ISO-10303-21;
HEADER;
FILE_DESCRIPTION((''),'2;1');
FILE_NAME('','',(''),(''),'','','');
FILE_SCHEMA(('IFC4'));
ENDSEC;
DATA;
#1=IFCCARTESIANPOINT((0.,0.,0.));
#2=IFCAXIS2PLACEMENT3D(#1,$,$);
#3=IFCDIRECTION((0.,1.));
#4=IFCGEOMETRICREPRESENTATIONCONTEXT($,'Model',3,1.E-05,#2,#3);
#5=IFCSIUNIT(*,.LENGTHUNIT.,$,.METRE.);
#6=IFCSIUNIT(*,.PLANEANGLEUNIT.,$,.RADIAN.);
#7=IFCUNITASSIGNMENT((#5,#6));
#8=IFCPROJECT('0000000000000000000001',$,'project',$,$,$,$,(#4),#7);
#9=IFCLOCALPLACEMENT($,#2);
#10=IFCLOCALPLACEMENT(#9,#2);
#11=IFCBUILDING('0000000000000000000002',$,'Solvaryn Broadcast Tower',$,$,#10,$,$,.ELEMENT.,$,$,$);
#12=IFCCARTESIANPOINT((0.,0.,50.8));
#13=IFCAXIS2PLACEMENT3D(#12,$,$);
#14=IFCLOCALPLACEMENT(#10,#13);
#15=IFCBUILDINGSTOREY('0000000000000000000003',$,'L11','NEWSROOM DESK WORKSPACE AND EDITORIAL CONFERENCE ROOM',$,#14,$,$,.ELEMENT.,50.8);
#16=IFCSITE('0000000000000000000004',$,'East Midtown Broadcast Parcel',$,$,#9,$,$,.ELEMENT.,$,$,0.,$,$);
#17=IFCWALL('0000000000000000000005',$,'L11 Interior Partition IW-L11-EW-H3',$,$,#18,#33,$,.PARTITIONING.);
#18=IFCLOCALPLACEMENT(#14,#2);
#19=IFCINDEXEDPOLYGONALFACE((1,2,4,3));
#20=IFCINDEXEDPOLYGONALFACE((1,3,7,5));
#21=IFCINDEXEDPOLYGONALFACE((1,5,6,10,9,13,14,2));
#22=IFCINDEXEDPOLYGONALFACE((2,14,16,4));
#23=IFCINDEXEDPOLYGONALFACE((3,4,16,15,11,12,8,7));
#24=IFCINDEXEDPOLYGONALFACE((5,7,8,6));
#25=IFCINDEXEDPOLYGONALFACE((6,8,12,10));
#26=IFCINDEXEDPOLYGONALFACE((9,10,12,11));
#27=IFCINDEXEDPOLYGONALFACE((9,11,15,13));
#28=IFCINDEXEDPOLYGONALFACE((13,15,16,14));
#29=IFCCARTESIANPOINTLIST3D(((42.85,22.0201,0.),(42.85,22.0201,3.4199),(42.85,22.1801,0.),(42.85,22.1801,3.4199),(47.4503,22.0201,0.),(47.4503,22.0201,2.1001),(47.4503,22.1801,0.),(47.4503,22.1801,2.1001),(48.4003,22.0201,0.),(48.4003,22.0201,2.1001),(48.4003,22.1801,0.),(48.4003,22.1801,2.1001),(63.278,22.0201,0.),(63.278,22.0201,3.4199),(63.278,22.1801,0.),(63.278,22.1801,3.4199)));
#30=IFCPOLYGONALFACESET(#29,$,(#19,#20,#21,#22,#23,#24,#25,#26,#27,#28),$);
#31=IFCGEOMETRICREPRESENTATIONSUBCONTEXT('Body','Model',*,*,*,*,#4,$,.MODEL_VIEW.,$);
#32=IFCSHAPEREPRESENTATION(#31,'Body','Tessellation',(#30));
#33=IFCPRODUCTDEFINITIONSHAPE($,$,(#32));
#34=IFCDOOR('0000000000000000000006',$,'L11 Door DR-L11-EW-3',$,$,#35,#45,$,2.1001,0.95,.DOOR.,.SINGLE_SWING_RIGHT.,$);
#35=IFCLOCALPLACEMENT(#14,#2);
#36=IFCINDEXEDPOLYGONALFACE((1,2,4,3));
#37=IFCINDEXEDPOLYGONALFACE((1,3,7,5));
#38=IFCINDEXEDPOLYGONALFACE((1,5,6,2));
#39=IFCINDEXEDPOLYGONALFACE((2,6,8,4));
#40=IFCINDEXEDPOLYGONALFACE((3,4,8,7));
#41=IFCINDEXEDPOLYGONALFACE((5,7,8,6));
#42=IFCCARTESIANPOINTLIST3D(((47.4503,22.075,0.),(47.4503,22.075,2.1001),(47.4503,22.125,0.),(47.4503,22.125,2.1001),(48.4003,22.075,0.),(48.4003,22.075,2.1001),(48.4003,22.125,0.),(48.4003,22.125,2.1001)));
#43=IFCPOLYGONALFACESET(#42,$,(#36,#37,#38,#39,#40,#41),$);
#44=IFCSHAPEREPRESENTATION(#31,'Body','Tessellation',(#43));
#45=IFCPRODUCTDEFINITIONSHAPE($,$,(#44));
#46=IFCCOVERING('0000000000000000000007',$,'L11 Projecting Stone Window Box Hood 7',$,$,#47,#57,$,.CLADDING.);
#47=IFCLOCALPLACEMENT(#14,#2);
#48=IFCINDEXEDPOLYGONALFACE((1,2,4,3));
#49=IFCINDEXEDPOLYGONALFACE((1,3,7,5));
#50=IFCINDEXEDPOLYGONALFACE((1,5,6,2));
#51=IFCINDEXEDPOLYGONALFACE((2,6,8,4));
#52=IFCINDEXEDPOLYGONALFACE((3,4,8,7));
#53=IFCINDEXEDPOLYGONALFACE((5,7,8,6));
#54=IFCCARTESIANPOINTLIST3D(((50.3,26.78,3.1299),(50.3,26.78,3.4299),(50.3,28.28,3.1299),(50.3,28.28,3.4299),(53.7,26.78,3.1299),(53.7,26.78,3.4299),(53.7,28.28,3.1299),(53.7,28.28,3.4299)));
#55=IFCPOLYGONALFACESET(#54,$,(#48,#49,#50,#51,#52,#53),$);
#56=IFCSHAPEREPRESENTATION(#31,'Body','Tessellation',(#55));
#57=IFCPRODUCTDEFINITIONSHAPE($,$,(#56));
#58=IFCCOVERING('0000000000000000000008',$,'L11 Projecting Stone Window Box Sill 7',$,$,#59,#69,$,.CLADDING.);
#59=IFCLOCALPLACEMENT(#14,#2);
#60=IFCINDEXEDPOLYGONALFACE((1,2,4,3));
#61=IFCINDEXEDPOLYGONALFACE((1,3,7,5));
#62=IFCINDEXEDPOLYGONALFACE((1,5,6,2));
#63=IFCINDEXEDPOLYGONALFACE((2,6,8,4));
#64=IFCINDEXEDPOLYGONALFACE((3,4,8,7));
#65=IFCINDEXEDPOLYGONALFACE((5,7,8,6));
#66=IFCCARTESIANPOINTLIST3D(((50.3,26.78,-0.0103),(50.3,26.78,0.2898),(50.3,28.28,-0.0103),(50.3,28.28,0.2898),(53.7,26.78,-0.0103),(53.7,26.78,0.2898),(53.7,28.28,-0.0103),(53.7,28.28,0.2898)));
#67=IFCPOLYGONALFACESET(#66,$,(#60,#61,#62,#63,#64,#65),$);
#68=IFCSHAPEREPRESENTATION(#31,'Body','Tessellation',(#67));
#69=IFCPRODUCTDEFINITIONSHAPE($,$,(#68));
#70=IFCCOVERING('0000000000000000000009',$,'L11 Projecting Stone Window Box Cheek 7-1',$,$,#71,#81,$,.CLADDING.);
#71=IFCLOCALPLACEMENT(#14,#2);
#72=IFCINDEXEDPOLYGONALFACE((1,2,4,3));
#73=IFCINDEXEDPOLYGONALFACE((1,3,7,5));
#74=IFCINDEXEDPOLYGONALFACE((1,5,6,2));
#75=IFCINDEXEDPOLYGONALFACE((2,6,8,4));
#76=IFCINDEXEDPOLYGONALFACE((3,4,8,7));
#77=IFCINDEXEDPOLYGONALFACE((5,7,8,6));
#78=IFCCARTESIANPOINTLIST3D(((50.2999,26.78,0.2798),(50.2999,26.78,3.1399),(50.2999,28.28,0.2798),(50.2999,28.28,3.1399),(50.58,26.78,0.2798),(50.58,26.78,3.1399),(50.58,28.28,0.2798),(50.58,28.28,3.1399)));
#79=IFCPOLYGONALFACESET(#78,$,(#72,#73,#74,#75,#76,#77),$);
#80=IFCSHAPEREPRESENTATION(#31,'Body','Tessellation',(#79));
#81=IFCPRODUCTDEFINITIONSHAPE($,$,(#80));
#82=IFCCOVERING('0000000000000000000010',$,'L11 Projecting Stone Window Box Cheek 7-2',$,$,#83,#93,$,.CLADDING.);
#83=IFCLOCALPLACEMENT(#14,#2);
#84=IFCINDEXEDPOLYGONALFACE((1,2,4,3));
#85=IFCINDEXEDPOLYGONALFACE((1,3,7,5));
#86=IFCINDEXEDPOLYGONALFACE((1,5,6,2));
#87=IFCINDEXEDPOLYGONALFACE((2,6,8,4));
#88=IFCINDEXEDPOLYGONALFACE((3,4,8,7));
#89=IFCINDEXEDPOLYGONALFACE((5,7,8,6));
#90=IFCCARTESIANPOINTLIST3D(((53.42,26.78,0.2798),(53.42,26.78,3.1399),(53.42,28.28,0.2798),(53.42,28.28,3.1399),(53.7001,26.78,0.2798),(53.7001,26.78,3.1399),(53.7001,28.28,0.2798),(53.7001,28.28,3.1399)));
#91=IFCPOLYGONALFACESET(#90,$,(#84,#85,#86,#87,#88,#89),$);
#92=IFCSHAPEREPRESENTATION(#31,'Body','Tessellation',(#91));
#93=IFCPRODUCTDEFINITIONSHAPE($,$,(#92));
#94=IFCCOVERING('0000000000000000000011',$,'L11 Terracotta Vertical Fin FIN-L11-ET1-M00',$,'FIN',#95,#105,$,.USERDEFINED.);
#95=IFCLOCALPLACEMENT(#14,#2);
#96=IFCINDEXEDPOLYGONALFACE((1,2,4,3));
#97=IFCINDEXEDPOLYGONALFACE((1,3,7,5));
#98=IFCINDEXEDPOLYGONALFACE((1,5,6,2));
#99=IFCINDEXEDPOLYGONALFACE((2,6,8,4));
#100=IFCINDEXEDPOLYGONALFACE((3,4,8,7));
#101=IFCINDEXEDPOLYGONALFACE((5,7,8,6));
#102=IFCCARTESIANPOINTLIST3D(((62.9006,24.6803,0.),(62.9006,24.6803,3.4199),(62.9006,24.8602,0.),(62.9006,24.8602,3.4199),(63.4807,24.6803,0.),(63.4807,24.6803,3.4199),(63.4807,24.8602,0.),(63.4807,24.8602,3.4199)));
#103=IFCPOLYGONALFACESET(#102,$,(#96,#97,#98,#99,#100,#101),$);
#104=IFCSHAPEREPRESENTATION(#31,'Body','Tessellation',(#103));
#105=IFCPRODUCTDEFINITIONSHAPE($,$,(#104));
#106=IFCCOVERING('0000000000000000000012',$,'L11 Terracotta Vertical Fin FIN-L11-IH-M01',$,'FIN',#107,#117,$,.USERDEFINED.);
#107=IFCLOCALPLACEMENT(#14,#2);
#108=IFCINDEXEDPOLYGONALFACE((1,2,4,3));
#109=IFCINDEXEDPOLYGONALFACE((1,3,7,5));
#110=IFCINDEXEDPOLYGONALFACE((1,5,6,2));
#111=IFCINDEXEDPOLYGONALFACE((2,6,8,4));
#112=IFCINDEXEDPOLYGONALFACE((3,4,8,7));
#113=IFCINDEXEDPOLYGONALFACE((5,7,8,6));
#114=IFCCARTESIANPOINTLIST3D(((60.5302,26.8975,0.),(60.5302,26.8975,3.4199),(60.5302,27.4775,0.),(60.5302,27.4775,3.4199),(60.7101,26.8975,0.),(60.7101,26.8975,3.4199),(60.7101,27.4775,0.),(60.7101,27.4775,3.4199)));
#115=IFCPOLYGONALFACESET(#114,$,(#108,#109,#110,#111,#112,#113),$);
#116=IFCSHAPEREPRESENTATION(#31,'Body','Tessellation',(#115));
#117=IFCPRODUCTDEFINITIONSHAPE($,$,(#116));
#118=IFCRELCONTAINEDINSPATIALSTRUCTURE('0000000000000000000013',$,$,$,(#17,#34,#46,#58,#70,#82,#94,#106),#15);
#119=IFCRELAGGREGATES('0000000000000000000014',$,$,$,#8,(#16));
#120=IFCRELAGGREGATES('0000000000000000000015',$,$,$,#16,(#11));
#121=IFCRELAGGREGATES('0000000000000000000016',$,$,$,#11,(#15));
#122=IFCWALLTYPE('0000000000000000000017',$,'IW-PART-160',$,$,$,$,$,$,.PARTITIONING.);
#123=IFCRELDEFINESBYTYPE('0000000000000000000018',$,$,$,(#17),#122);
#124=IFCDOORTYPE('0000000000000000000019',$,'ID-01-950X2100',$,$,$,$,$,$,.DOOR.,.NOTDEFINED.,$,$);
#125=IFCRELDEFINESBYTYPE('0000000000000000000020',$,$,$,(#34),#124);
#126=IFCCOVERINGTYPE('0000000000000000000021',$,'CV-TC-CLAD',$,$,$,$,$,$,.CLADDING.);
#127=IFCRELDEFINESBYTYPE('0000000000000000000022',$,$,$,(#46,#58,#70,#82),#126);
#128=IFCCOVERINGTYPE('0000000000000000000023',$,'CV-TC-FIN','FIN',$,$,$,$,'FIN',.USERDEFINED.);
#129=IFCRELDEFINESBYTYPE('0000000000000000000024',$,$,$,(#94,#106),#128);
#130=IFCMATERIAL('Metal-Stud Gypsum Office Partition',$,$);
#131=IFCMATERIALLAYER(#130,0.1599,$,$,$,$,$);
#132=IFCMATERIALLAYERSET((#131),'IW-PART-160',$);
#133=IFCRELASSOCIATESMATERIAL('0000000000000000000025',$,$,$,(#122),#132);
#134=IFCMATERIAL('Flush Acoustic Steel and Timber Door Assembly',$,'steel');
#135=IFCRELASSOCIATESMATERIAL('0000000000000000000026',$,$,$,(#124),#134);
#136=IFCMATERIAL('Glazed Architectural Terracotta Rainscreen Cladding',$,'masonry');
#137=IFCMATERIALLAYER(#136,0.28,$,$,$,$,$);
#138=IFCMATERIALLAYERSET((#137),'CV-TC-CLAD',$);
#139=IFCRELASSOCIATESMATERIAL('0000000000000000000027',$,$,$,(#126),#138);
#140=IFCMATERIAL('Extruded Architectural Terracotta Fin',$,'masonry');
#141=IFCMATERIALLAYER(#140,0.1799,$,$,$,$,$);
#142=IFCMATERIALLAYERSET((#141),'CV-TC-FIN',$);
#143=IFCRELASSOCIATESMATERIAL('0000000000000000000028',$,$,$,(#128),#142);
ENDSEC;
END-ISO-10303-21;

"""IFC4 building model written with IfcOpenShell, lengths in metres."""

from ifc_helpers import new_model, si_unit, direction, frame, frame_2d, origin, origin_2d, place, context, subcontext, project, spatial, rectangle, extrude, material, layer, layer_set, type_object, element, fill, save


model = new_model("IFC4")

# Units and contexts
model_context = context("Model", 3, precision=1e-05, world=origin(), true_north=direction((0.0, 1.0)))
body_context = subcontext(model_context, "Body", "Model", "MODEL_VIEW")
ifc_project = project(units=[si_unit("LENGTHUNIT", "METRE"), si_unit("PLANEANGLEUNIT", "RADIAN")], contexts=[model_context])

# Site, building, storey
site_placement = place(None, origin())
site = spatial("IfcSite", under=ifc_project, at=site_placement, Name="East Midtown Broadcast Parcel", CompositionType="ELEMENT", RefElevation=0.0)
building_placement = place(site_placement, origin())
building = spatial("IfcBuilding", under=site, at=building_placement, Name="Solvaryn Broadcast Tower", CompositionType="ELEMENT")
storey_placement = place(building_placement, frame((0.0, 0.0, 50.8)))
storey = spatial("IfcBuildingStorey", under=building, at=storey_placement, Name="L11", Description="NEWSROOM DESK WORKSPACE AND EDITORIAL CONFERENCE ROOM", CompositionType="ELEMENT", Elevation=50.8)

# Wall, opening, door
ifc_material_1 = material(Name="Metal-Stud Gypsum Office Partition")
ifc_layer_1 = layer(ifc_material_1, 0.1599)
ifc_layer_set_1 = layer_set([ifc_layer_1], Name="IW-PART-160")
wall_type_1 = type_object("IfcWallType", Name="IW-PART-160", PredefinedType="PARTITIONING", material=ifc_layer_set_1)
wall_1_placement = place(storey_placement, frame((42.8501, 22.1001, 0.0), z_axis=(0.0, 0.0, 1.0), x_axis=(1.0, 0.0, 0.0)))
wall_1 = element("IfcWall", 1, at=wall_1_placement, inside=storey, type_object=wall_type_1, Name="L11 Interior Partition IW-L11-EW-H3", PredefinedType="PARTITIONING", context=body_context, shape_type="SweptSolid", body=[
    extrude(rectangle(XDim=20.428, YDim=0.1599, at=frame_2d((10.2139, 0.0))), origin(), (0.0, 0.0, 1.0), 3.4199),
])
opening_1_placement = place(wall_1_placement, frame((4.6001, 0.0, 0.0)))
opening_1 = element("IfcOpeningElement", 2, at=opening_1_placement, cuts=wall_1, PredefinedType="OPENING", context=body_context, shape_type="SweptSolid", body=[
    extrude(rectangle(XDim=0.95, YDim=2.1001, at=frame_2d((0.4751, 1.05))), frame((0.0, 0.0901, 0.0), z_axis=(0.0, -1.0, 0.0), x_axis=(1.0, 0.0, 0.0)), (0.0, 0.0, 1.0), 0.1799),
])
ifc_material_2 = material(Name="Flush Acoustic Steel and Timber Door Assembly", Category="steel")
door_type_1 = type_object("IfcDoorType", Name="ID-01-950X2100", OperationType="NOTDEFINED", PredefinedType="DOOR", material=ifc_material_2)
door_1_placement = place(opening_1_placement, origin())
door_1 = element("IfcDoor", 3, at=door_1_placement, inside=storey, type_object=door_type_1, Name="L11 Door DR-L11-EW-3", OperationType="SINGLE_SWING_RIGHT", OverallHeight=2.1001, OverallWidth=0.95, PredefinedType="DOOR", context=body_context, shape_type="SweptSolid", body=[
    extrude(rectangle(XDim=0.95, YDim=2.1001, at=frame_2d((0.4751, 1.05))), frame((0.0, 0.0249, 0.0), z_axis=(0.0, -1.0, 0.0), x_axis=(1.0, 0.0, 0.0)), (0.0, 0.0, 1.0), 0.05),
])
fill(opening_1, door_1)

# Coverings
ifc_material_3 = material(Name="Glazed Architectural Terracotta Rainscreen Cladding", Category="masonry")
ifc_layer_2 = layer(ifc_material_3, 0.28)
ifc_layer_set_2 = layer_set([ifc_layer_2], Name="CV-TC-CLAD")
covering_type_1 = type_object("IfcCoveringType", Name="CV-TC-CLAD", PredefinedType="CLADDING", material=ifc_layer_set_2)
for number, where, z_axis, x_axis, name in (
    (4, (52.0, 27.53, 3.1299), (0.0, 0.0, 1.0), (1.0, 0.0, 0.0), "L11 Projecting Stone Window Box Hood 7"),
    (5, (52.0, 27.53, -0.0103), (0.0, 0.0, 1.0), (1.0, 0.0, 0.0), "L11 Projecting Stone Window Box Sill 7"),
):
    element("IfcCovering", number, at=place(storey_placement, frame(where, z_axis=z_axis, x_axis=x_axis)), inside=storey, type_object=covering_type_1, Name=name, PredefinedType="CLADDING", context=body_context, shape_type="SweptSolid", body=[
        extrude(rectangle(XDim=3.3999, YDim=1.5, at=origin_2d()), origin(), (0.0, 0.0, 1.0), 0.3),
    ])
for number, where, z_axis, x_axis, name in (
    (6, (50.4399, 27.53, 0.2798), (0.0, 0.0, 1.0), (1.0, 0.0, 0.0), "L11 Projecting Stone Window Box Cheek 7-1"),
    (7, (53.5601, 27.53, 0.2798), (0.0, 0.0, 1.0), (1.0, 0.0, 0.0), "L11 Projecting Stone Window Box Cheek 7-2"),
):
    element("IfcCovering", number, at=place(storey_placement, frame(where, z_axis=z_axis, x_axis=x_axis)), inside=storey, type_object=covering_type_1, Name=name, PredefinedType="CLADDING", context=body_context, shape_type="SweptSolid", body=[
        extrude(rectangle(XDim=0.28, YDim=1.5, at=origin_2d()), origin(), (0.0, 0.0, 1.0), 2.8601),
    ])
ifc_material_4 = material(Name="Extruded Architectural Terracotta Fin", Category="masonry")
ifc_layer_3 = layer(ifc_material_4, 0.1799)
ifc_layer_set_3 = layer_set([ifc_layer_3], Name="CV-TC-FIN")
covering_type_2 = type_object("IfcCoveringType", Name="CV-TC-FIN", Description="FIN", ElementType="FIN", PredefinedType="USERDEFINED", material=ifc_layer_set_3)
covering_1_placement = place(storey_placement, frame((63.1907, 24.7703, 0.0), z_axis=(0.0, 0.0, 1.0), x_axis=(1.0, 0.0, 0.0)))
element("IfcCovering", 8, at=covering_1_placement, inside=storey, type_object=covering_type_2, Name="L11 Terracotta Vertical Fin FIN-L11-ET1-M00", ObjectType="FIN", PredefinedType="USERDEFINED", context=body_context, shape_type="SweptSolid", body=[
    extrude(rectangle(XDim=0.5801, YDim=0.1799, at=origin_2d()), origin(), (0.0, 0.0, 1.0), 3.4199),
])
covering_2_placement = place(storey_placement, frame((60.6201, 27.1875, 0.0), z_axis=(0.0, 0.0, 1.0), x_axis=(1.0, 0.0, 0.0)))
element("IfcCovering", 9, at=covering_2_placement, inside=storey, type_object=covering_type_2, Name="L11 Terracotta Vertical Fin FIN-L11-IH-M01", ObjectType="FIN", PredefinedType="USERDEFINED", context=body_context, shape_type="SweptSolid", body=[
    extrude(rectangle(XDim=0.1799, YDim=0.5801, at=origin_2d()), origin(), (0.0, 0.0, 1.0), 3.4199),
])

save(model, "model.ifc")
